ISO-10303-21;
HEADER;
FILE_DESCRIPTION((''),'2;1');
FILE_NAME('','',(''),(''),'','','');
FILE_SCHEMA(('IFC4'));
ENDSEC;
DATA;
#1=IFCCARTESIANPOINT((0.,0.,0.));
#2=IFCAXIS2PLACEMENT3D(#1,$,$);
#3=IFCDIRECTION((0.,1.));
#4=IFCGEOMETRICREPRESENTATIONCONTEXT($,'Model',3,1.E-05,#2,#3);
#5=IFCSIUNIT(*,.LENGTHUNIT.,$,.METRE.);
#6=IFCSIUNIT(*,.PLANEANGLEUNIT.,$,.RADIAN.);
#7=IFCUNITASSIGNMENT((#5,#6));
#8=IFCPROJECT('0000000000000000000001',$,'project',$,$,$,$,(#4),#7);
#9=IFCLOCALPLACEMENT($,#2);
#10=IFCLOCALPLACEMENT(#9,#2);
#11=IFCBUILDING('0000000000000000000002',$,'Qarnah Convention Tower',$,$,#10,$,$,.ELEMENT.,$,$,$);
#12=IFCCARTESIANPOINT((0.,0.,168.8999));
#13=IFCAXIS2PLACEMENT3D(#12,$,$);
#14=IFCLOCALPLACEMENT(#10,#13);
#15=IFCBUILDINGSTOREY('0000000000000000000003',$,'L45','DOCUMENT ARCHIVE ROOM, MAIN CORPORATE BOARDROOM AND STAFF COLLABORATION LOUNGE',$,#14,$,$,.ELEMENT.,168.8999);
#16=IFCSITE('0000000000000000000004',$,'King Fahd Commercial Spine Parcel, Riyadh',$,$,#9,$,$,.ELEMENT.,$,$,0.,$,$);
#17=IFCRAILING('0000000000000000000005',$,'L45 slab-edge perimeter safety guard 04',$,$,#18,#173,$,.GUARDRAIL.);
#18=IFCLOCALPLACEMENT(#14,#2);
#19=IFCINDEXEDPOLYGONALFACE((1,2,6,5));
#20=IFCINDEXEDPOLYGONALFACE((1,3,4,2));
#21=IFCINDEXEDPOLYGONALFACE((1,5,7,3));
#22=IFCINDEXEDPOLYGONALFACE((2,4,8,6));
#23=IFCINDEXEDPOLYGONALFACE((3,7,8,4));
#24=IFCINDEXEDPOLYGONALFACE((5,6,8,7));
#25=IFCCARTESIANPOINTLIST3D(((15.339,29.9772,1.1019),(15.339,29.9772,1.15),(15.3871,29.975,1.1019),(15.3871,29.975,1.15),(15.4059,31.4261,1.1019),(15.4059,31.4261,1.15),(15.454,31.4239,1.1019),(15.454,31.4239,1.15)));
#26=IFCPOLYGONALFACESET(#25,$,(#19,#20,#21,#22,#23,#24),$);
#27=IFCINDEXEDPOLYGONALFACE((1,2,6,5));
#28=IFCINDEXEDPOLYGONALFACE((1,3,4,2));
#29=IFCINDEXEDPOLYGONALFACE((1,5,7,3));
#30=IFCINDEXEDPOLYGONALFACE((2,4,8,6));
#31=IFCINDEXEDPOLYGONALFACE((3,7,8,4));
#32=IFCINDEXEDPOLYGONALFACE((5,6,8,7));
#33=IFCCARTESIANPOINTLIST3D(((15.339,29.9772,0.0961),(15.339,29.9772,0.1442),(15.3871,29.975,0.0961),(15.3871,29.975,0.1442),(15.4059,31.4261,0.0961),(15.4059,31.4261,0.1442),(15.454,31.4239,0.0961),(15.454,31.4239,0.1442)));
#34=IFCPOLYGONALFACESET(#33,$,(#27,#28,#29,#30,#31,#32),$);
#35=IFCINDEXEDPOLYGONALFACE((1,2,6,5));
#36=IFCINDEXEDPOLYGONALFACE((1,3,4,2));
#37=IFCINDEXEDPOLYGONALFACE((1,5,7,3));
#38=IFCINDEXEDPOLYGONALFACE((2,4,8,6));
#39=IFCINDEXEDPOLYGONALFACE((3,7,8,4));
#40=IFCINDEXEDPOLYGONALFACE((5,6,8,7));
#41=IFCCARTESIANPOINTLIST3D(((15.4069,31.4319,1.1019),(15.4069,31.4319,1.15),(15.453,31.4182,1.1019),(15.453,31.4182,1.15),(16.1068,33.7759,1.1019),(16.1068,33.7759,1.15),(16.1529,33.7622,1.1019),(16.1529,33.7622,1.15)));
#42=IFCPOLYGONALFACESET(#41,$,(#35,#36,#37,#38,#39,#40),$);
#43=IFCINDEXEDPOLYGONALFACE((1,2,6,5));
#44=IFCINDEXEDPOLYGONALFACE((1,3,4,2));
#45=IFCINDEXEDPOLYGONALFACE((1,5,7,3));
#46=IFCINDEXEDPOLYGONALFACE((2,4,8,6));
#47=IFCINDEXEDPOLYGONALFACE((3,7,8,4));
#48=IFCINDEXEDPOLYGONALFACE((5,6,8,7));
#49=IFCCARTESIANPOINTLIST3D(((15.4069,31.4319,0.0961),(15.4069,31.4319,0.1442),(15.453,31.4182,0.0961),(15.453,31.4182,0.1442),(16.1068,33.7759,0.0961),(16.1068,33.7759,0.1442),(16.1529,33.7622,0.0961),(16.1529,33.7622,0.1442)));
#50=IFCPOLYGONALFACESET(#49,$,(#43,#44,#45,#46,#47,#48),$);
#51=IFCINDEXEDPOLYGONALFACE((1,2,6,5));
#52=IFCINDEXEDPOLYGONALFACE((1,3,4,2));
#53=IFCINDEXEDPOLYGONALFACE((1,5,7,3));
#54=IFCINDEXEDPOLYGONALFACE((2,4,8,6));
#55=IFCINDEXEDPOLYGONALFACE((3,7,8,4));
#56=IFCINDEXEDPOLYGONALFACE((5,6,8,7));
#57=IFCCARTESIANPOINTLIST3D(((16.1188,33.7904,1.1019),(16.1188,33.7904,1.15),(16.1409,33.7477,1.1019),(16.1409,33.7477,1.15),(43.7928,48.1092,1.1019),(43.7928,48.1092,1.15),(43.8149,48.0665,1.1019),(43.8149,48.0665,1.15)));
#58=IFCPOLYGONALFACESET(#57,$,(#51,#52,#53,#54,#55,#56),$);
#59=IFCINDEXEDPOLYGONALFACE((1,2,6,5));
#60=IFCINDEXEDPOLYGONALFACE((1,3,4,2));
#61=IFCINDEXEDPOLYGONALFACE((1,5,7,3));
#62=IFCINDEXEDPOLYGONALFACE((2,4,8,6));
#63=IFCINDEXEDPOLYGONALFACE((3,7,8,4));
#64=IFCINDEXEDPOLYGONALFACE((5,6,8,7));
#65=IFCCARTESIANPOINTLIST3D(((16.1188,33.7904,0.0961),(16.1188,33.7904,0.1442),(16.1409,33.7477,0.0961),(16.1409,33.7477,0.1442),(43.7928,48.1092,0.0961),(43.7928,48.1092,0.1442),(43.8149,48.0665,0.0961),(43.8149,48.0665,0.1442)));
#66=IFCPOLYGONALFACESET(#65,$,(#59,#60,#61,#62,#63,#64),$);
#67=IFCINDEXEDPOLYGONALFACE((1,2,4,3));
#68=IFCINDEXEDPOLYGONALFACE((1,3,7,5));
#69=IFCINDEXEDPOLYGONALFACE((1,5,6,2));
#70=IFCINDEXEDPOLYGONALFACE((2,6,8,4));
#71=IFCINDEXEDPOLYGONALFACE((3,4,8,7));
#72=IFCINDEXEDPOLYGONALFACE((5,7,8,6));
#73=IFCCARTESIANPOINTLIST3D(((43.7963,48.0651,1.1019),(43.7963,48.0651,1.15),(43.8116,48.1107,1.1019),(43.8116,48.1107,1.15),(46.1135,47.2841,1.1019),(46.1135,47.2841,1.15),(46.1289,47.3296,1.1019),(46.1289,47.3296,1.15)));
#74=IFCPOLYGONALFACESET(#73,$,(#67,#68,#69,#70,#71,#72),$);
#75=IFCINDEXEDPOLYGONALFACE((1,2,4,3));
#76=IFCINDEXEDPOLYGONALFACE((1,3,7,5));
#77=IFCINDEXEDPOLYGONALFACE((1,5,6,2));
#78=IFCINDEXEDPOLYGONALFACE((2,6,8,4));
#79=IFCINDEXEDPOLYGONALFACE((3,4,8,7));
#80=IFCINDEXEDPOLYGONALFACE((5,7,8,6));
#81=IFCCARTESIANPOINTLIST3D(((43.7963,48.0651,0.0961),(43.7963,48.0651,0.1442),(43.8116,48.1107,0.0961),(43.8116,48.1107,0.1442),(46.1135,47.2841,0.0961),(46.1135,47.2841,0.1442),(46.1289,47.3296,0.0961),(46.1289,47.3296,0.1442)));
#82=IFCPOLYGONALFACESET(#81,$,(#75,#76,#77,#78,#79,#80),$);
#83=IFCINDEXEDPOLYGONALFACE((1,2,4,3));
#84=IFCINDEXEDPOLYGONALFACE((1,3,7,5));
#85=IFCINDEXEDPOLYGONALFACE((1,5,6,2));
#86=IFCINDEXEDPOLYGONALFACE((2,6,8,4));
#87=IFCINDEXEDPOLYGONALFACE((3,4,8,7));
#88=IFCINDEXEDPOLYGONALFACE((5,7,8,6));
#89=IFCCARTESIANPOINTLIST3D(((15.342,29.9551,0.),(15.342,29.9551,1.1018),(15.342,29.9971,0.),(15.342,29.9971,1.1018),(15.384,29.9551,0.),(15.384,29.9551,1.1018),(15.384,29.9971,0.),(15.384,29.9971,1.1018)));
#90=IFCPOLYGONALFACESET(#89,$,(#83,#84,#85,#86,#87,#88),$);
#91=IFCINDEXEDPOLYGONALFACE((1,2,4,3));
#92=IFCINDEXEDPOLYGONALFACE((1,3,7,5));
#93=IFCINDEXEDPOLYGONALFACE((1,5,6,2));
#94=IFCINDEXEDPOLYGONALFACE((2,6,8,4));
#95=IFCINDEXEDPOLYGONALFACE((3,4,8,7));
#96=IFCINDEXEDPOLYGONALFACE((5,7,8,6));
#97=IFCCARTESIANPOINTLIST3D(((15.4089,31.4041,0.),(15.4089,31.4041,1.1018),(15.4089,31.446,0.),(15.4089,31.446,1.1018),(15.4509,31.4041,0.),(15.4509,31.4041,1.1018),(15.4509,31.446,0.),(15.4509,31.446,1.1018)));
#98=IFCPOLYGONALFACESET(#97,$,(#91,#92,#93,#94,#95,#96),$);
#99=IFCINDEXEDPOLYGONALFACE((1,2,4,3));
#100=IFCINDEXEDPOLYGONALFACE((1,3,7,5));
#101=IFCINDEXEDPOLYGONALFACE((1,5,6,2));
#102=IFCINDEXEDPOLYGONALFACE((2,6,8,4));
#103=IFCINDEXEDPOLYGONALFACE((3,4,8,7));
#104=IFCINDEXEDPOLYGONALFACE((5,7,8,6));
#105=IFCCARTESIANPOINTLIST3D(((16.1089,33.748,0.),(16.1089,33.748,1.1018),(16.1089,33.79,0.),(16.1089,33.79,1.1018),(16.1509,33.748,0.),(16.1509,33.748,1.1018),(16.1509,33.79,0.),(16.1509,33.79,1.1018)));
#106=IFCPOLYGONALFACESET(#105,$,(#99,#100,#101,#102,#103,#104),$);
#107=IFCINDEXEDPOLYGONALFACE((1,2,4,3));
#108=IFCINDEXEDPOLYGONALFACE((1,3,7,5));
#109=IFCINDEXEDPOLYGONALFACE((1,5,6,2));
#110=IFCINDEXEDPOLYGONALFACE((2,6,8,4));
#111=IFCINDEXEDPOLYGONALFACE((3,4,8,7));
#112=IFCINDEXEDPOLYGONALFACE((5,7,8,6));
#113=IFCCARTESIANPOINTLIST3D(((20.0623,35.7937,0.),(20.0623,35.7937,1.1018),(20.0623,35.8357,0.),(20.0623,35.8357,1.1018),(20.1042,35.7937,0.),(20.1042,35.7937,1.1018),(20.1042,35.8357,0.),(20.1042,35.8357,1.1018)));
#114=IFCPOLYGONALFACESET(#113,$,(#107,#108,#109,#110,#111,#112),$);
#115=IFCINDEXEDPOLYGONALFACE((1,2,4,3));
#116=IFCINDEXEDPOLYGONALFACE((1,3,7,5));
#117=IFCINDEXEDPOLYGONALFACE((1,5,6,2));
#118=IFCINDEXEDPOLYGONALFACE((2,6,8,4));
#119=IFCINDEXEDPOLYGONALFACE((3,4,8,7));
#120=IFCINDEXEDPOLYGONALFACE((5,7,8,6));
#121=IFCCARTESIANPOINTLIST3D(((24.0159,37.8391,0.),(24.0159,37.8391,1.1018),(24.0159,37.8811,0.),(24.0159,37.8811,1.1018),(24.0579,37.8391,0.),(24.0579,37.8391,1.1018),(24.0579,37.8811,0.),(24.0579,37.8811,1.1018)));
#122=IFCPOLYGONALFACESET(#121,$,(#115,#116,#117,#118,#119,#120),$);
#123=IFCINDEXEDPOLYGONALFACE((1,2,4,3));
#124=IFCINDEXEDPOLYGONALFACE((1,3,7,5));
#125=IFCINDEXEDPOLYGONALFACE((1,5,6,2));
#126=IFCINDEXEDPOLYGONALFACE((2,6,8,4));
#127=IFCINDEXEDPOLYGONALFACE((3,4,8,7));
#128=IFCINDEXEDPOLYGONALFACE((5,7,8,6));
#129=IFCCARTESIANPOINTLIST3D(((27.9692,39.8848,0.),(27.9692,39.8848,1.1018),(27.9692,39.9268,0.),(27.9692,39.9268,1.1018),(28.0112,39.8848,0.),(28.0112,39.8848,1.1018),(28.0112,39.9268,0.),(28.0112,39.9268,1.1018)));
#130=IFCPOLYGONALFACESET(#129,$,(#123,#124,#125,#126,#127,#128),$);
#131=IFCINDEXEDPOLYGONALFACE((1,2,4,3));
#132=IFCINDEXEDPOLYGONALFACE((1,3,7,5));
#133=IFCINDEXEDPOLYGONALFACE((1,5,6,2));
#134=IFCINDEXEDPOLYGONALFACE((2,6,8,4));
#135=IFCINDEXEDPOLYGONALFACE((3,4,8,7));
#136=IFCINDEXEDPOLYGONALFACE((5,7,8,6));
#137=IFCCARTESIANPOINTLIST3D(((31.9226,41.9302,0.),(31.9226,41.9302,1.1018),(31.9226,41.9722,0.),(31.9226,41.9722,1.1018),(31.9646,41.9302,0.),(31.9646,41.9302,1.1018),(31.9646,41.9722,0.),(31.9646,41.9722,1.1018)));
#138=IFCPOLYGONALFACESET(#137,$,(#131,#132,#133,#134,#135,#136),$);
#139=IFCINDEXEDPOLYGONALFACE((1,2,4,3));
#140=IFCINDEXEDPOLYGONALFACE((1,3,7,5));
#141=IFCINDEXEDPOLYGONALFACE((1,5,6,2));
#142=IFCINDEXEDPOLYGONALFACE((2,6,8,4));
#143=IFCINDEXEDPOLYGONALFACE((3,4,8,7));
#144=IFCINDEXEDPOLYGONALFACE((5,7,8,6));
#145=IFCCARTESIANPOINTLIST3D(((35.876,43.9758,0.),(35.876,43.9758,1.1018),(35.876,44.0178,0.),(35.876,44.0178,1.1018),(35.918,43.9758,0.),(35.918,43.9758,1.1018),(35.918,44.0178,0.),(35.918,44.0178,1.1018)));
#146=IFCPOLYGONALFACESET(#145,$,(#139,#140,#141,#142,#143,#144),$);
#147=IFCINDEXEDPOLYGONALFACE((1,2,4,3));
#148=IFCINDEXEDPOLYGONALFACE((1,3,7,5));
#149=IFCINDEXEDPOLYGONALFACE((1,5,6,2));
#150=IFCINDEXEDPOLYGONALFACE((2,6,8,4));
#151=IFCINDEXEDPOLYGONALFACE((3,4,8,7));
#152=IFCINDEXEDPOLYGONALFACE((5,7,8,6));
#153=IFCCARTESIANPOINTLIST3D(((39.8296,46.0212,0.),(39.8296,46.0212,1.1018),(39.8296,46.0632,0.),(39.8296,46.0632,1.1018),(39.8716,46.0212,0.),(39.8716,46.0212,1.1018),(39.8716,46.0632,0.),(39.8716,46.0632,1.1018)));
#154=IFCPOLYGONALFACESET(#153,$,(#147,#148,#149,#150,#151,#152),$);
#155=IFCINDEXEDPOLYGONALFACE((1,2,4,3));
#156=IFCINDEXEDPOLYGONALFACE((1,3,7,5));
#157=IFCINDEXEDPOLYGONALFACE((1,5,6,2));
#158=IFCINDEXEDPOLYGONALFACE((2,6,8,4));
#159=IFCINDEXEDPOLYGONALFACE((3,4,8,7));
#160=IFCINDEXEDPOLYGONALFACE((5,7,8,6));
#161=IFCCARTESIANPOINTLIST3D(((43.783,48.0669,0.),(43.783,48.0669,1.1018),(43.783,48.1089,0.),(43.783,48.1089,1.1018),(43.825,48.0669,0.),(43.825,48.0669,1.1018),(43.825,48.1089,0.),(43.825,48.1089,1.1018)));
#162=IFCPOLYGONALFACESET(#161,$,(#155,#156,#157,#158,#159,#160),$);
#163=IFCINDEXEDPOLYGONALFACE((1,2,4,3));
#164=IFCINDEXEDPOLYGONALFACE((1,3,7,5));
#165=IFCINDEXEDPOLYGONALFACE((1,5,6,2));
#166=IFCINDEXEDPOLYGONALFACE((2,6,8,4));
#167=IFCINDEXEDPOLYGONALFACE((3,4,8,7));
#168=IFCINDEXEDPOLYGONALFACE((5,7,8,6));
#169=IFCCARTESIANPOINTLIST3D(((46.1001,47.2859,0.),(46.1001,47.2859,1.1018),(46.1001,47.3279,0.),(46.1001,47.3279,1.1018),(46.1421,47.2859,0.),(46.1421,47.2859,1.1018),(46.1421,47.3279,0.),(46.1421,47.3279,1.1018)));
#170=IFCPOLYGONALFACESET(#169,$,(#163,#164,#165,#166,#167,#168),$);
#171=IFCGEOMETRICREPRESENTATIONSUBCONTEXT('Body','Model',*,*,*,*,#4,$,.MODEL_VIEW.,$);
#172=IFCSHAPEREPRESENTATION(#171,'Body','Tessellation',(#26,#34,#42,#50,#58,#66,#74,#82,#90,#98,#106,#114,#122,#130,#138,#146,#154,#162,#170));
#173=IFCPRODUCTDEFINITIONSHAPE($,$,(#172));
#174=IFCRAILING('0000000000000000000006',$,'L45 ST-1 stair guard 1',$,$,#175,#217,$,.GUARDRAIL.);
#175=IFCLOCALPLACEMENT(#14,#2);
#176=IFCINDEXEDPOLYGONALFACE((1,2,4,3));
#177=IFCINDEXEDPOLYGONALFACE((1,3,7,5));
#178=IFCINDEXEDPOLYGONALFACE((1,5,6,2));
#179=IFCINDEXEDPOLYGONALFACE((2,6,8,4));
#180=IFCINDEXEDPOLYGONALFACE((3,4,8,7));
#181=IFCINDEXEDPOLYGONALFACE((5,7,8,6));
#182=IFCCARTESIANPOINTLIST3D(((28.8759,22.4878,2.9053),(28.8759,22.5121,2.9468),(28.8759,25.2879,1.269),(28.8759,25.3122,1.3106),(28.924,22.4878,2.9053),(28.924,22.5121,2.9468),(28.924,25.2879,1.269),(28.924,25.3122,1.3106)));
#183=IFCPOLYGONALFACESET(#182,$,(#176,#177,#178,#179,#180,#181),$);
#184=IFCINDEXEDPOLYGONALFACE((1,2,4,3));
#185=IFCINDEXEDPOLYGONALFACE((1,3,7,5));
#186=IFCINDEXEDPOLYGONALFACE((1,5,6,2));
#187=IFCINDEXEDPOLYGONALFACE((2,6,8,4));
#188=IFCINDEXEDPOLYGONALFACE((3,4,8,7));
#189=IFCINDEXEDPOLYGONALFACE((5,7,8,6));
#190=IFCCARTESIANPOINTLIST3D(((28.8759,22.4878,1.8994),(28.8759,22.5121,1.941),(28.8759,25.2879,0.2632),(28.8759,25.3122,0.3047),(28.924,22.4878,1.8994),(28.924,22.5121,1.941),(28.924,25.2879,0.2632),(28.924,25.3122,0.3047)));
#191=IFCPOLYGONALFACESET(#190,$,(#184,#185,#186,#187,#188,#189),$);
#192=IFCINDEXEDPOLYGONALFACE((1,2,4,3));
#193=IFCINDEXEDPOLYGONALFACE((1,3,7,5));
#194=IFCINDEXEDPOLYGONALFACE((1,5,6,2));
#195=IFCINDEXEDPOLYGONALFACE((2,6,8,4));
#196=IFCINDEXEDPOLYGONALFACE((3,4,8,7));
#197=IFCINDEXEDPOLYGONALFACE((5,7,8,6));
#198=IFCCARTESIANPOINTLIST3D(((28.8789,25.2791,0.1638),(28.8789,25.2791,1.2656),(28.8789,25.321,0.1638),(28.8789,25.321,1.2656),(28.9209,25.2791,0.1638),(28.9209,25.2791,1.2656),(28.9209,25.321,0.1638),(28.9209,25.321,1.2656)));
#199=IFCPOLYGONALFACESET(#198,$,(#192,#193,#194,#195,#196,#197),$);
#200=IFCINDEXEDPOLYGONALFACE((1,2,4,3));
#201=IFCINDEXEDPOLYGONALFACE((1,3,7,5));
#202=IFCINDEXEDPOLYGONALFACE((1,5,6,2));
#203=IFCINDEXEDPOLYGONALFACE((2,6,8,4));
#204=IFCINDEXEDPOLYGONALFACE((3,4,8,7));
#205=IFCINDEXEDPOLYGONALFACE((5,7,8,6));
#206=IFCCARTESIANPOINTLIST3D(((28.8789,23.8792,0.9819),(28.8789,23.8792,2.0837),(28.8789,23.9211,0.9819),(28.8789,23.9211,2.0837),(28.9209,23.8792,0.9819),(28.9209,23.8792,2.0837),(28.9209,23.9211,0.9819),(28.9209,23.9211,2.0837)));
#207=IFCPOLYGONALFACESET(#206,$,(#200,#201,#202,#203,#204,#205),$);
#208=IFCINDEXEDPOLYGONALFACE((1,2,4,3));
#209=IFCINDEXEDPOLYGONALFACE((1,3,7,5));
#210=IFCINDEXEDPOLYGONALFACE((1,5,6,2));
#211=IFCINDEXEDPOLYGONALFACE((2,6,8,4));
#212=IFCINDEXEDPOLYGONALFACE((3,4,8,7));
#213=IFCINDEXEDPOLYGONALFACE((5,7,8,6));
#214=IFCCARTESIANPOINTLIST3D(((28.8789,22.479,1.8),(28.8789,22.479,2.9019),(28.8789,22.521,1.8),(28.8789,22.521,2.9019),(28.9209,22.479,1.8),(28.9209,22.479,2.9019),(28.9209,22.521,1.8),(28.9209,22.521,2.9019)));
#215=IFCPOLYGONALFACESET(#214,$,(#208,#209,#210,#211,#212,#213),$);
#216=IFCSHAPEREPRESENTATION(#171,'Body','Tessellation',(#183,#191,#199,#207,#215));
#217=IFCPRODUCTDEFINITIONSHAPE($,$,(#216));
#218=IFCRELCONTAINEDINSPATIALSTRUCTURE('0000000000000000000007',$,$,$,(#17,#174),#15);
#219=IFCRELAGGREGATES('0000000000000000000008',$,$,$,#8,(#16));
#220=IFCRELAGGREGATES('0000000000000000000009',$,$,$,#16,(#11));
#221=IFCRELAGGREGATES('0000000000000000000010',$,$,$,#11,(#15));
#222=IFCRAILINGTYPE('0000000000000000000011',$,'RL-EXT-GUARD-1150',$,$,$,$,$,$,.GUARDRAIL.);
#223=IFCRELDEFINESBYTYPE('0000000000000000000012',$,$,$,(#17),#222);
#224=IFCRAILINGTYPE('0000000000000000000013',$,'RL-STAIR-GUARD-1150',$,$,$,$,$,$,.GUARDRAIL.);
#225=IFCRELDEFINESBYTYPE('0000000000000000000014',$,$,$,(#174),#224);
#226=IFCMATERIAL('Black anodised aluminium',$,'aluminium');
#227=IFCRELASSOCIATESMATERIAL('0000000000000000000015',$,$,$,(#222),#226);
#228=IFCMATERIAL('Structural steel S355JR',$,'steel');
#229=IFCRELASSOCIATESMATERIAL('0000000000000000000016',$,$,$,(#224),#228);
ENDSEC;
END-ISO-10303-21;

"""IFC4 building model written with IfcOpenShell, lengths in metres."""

from ifc_helpers import new_model, si_unit, direction, frame, origin, origin_2d, place, context, subcontext, project, spatial, rectangle, extrude, material, type_object, element, save


model = new_model("IFC4")

# Units and contexts
model_context = context("Model", 3, precision=1e-05, world=origin(), true_north=direction((0.0, 1.0)))
body_context = subcontext(model_context, "Body", "Model", "MODEL_VIEW")
ifc_project = project(units=[si_unit("LENGTHUNIT", "METRE"), si_unit("PLANEANGLEUNIT", "RADIAN")], contexts=[model_context])

# Site, building, storey
site_placement = place(None, origin())
site = spatial("IfcSite", under=ifc_project, at=site_placement, Name="King Fahd Commercial Spine Parcel, Riyadh", CompositionType="ELEMENT", RefElevation=0.0)
building_placement = place(site_placement, origin())
building = spatial("IfcBuilding", under=site, at=building_placement, Name="Qarnah Convention Tower", CompositionType="ELEMENT")
storey_placement = place(building_placement, frame((0.0, 0.0, 168.8999)))
storey = spatial("IfcBuildingStorey", under=building, at=storey_placement, Name="L45", Description="DOCUMENT ARCHIVE ROOM, MAIN CORPORATE BOARDROOM AND STAFF COLLABORATION LOUNGE", CompositionType="ELEMENT", Elevation=168.8999)

# Shared definitions
ifc_material_1 = material(Name="Structural steel S355JR", Category="steel")

# Shared definitions
ifc_material_2 = material(Name="Black anodised aluminium", Category="aluminium")

# Railings
railing_type_1 = type_object("IfcRailingType", Name="RL-EXT-GUARD-1150", PredefinedType="GUARDRAIL", material=ifc_material_2)
railing_1_placement = place(storey_placement, frame((15.363, 29.9761, 0.0)))
element("IfcRailing", 1, at=railing_1_placement, inside=storey, type_object=railing_type_1, Name="L45 slab-edge perimeter safety guard 04", PredefinedType="GUARDRAIL", context=body_context, shape_type="SweptSolid", body=[
    extrude(rectangle(XDim=0.0481, YDim=0.0481, at=origin_2d()), frame((0.0, 0.0, 1.126), z_axis=(0.046118, 0.998936, 0.0), x_axis=(-0.998936, 0.046118, 0.0)), (0.0, 0.0, 1.0), 1.4504),
    extrude(rectangle(XDim=0.0481, YDim=0.0481, at=origin_2d()), frame((0.0, 0.0, 0.1201), z_axis=(0.046118, 0.998936, 0.0), x_axis=(-0.998936, 0.046118, 0.0)), (0.0, 0.0, 1.0), 1.4504),
    extrude(rectangle(XDim=0.0481, YDim=0.0481, at=origin_2d()), frame((0.0669, 1.449, 1.126), z_axis=(0.28613, 0.958191, 0.0), x_axis=(-0.958191, 0.28613, 0.0)), (0.0, 0.0, 1.0), 2.4463),
    extrude(rectangle(XDim=0.0481, YDim=0.0481, at=origin_2d()), frame((0.0669, 1.449, 0.1201), z_axis=(0.28613, 0.958191, 0.0), x_axis=(-0.958191, 0.28613, 0.0)), (0.0, 0.0, 1.0), 2.4463),
    extrude(rectangle(XDim=0.0481, YDim=0.0481, at=origin_2d()), frame((0.7668, 3.793, 1.126), z_axis=(0.888156, 0.459541, 0.0), x_axis=(-0.459541, 0.888156, 0.0)), (0.0, 0.0, 1.0), 31.1589),
    extrude(rectangle(XDim=0.0481, YDim=0.0481, at=origin_2d()), frame((0.7668, 3.793, 0.1201), z_axis=(0.888156, 0.459541, 0.0), x_axis=(-0.459541, 0.888156, 0.0)), (0.0, 0.0, 1.0), 31.1589),
    extrude(rectangle(XDim=0.0481, YDim=0.0481, at=origin_2d()), frame((28.4409, 18.1118, 1.126), z_axis=(0.94762, -0.319401, 0.0), x_axis=(0.319401, 0.94762, 0.0)), (0.0, 0.0, 1.0), 2.4453),
    extrude(rectangle(XDim=0.0481, YDim=0.0481, at=origin_2d()), frame((28.4409, 18.1118, 0.1201), z_axis=(0.94762, -0.319401, 0.0), x_axis=(0.319401, 0.94762, 0.0)), (0.0, 0.0, 1.0), 2.4453),
    extrude(rectangle(XDim=0.042, YDim=0.042, at=origin_2d()), origin(), (0.0, 0.0, 1.0), 1.1018),
    extrude(rectangle(XDim=0.042, YDim=0.042, at=origin_2d()), frame((0.0669, 1.449, 0.0)), (0.0, 0.0, 1.0), 1.1018),
    extrude(rectangle(XDim=0.042, YDim=0.042, at=origin_2d()), frame((0.7668, 3.793, 0.0)), (0.0, 0.0, 1.0), 1.1018),
    extrude(rectangle(XDim=0.042, YDim=0.042, at=origin_2d()), frame((4.7202, 5.8386, 0.0)), (0.0, 0.0, 1.0), 1.1018),
    extrude(rectangle(XDim=0.042, YDim=0.042, at=origin_2d()), frame((8.6738, 7.884, 0.0)), (0.0, 0.0, 1.0), 1.1018),
    extrude(rectangle(XDim=0.042, YDim=0.042, at=origin_2d()), frame((12.6272, 9.9297, 0.0)), (0.0, 0.0, 1.0), 1.1018),
    extrude(rectangle(XDim=0.042, YDim=0.042, at=origin_2d()), frame((16.5806, 11.9751, 0.0)), (0.0, 0.0, 1.0), 1.1018),
    extrude(rectangle(XDim=0.042, YDim=0.042, at=origin_2d()), frame((20.5339, 14.0208, 0.0)), (0.0, 0.0, 1.0), 1.1018),
    extrude(rectangle(XDim=0.042, YDim=0.042, at=origin_2d()), frame((24.4875, 16.0662, 0.0)), (0.0, 0.0, 1.0), 1.1018),
    extrude(rectangle(XDim=0.042, YDim=0.042, at=origin_2d()), frame((28.4409, 18.1118, 0.0)), (0.0, 0.0, 1.0), 1.1018),
    extrude(rectangle(XDim=0.042, YDim=0.042, at=origin_2d()), frame((30.7581, 17.3308, 0.0)), (0.0, 0.0, 1.0), 1.1018),
])
railing_type_2 = type_object("IfcRailingType", Name="RL-STAIR-GUARD-1150", PredefinedType="GUARDRAIL", material=ifc_material_1)
railing_2_placement = place(storey_placement, frame((28.8999, 25.3, 0.1638)))
element("IfcRailing", 2, at=railing_2_placement, inside=storey, type_object=railing_type_2, Name="L45 ST-1 stair guard 1", PredefinedType="GUARDRAIL", context=body_context, shape_type="SweptSolid", body=[
    extrude(rectangle(XDim=0.0481, YDim=0.0481, at=origin_2d()), frame((0.0, 0.0, 1.126), z_axis=(0.0, -0.863394, 0.504531), x_axis=(1.0, 0.0, 0.0)), (0.0, 0.0, 1.0), 3.2432),
    extrude(rectangle(XDim=0.0481, YDim=0.0481, at=origin_2d()), frame((0.0, 0.0, 0.1201), z_axis=(0.0, -0.863394, 0.504531), x_axis=(1.0, 0.0, 0.0)), (0.0, 0.0, 1.0), 3.2432),
    extrude(rectangle(XDim=0.042, YDim=0.042, at=origin_2d()), origin(), (0.0, 0.0, 1.0), 1.1018),
    extrude(rectangle(XDim=0.042, YDim=0.042, at=origin_2d()), frame((0.0, -1.3999, 0.8181)), (0.0, 0.0, 1.0), 1.1018),
    extrude(rectangle(XDim=0.042, YDim=0.042, at=origin_2d()), frame((0.0, -2.8, 1.6362)), (0.0, 0.0, 1.0), 1.1018),
])

save(model, "model.ifc")
